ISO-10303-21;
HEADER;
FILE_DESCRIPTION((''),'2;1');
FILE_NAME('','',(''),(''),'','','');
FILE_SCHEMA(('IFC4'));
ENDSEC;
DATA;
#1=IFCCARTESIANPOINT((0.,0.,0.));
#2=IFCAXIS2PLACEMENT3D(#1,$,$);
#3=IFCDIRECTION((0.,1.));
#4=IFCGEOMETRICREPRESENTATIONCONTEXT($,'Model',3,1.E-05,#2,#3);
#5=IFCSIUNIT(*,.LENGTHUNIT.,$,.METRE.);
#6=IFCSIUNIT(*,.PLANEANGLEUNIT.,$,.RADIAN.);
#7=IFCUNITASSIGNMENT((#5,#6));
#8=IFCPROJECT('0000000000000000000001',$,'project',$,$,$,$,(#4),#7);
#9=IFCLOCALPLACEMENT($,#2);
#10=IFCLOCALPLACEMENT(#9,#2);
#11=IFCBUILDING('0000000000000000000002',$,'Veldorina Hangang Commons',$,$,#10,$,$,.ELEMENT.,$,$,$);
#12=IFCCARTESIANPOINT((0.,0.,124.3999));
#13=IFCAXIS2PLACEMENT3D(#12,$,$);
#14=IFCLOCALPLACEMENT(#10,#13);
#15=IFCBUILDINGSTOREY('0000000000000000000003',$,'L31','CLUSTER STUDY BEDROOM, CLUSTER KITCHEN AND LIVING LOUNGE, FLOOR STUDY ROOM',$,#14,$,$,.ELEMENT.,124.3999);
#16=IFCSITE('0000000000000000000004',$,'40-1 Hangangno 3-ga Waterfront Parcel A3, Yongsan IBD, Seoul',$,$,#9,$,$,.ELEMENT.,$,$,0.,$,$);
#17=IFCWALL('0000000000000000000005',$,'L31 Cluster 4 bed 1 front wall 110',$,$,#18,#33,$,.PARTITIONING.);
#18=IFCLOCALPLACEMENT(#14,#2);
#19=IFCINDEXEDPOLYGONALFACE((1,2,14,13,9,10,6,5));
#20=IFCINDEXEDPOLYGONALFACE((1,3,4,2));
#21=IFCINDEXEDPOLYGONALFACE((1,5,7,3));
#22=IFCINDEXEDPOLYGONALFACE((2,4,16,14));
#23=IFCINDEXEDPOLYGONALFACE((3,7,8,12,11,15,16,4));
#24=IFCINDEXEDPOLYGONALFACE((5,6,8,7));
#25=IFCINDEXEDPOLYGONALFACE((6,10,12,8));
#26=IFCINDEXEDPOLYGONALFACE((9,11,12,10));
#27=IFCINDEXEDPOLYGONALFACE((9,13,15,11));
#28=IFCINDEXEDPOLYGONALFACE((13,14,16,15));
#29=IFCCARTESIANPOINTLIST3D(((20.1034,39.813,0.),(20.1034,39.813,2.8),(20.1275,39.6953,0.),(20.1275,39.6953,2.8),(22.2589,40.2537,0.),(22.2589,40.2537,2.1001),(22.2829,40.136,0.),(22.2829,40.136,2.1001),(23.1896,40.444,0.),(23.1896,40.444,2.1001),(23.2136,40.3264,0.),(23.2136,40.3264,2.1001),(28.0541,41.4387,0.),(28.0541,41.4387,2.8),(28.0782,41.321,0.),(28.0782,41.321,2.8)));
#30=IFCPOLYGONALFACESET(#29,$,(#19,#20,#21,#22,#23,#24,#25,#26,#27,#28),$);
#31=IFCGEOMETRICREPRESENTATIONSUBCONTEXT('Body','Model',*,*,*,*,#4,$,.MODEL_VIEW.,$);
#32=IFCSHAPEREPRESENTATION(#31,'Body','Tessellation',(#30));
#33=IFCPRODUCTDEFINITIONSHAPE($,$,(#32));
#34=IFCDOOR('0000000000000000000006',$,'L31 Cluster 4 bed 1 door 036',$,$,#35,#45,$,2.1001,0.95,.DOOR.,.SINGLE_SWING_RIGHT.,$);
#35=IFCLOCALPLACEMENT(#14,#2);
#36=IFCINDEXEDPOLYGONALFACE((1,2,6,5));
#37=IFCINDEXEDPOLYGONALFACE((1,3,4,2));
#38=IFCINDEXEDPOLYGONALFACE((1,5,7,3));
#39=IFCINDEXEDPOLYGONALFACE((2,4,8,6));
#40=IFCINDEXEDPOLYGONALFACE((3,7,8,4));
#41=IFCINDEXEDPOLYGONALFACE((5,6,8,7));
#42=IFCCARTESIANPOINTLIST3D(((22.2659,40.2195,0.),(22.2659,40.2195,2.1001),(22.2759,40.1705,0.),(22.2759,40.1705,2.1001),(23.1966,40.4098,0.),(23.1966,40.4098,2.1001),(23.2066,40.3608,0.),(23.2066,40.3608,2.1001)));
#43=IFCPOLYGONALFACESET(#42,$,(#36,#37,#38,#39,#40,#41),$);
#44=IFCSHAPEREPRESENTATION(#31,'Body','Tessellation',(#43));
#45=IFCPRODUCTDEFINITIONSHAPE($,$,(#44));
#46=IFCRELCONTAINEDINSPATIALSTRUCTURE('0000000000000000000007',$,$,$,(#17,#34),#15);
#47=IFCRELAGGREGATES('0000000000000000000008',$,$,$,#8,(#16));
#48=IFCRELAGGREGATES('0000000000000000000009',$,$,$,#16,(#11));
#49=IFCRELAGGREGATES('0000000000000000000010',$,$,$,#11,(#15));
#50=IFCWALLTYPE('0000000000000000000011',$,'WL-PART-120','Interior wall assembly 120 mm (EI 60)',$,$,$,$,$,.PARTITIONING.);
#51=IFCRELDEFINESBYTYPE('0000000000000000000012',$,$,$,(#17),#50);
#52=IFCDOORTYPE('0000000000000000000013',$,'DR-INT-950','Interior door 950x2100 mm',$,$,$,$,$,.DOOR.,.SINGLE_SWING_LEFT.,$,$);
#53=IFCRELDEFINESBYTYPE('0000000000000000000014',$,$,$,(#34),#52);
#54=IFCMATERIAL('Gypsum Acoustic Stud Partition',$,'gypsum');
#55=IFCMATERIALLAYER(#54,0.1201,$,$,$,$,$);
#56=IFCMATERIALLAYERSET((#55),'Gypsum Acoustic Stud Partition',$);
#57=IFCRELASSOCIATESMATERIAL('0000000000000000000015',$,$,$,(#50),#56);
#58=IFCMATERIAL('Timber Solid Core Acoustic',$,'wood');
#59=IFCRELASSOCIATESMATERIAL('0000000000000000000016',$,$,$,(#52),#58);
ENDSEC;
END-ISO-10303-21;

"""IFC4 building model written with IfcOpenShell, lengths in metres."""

from ifc_helpers import new_model, si_unit, direction, frame, frame_2d, origin, place, context, subcontext, project, spatial, rectangle, extrude, material, layer, layer_set, type_object, element, fill, save


model = new_model("IFC4")

# Units and contexts
model_context = context("Model", 3, precision=1e-05, world=origin(), true_north=direction((0.0, 1.0)))
body_context = subcontext(model_context, "Body", "Model", "MODEL_VIEW")
ifc_project = project(units=[si_unit("LENGTHUNIT", "METRE"), si_unit("PLANEANGLEUNIT", "RADIAN")], contexts=[model_context])

# Site, building, storey
site_placement = place(None, origin())
site = spatial("IfcSite", under=ifc_project, at=site_placement, Name="40-1 Hangangno 3-ga Waterfront Parcel A3, Yongsan IBD, Seoul", CompositionType="ELEMENT", RefElevation=0.0)
building_placement = place(site_placement, origin())
building = spatial("IfcBuilding", under=site, at=building_placement, Name="Veldorina Hangang Commons", CompositionType="ELEMENT")
storey_placement = place(building_placement, frame((0.0, 0.0, 124.3999)))
storey = spatial("IfcBuildingStorey", under=building, at=storey_placement, Name="L31", Description="CLUSTER STUDY BEDROOM, CLUSTER KITCHEN AND LIVING LOUNGE, FLOOR STUDY ROOM", CompositionType="ELEMENT", Elevation=124.3999)

# Shared definitions
ifc_material_1 = material(Name="Gypsum Acoustic Stud Partition", Category="gypsum")
ifc_layer_1 = layer(ifc_material_1, 0.1201)
ifc_layer_set_1 = layer_set([ifc_layer_1], Name="Gypsum Acoustic Stud Partition")
wall_type_1 = type_object("IfcWallType", Name="WL-PART-120", Description="Interior wall assembly 120 mm (EI 60)", PredefinedType="PARTITIONING", material=ifc_layer_set_1)

# Wall, opening, door
wall_1_placement = place(storey_placement, frame((28.0662, 41.3799, 0.0), z_axis=(0.0, 0.0, 1.0), x_axis=(-0.979728, -0.200332, 0.0)))
wall_1 = element("IfcWall", 1, at=wall_1_placement, inside=storey, type_object=wall_type_1, Name="L31 Cluster 4 bed 1 front wall 110", PredefinedType="PARTITIONING", context=body_context, shape_type="SweptSolid", body=[
    extrude(rectangle(XDim=8.1152, YDim=0.1201, at=frame_2d((4.0576, 0.0))), origin(), (0.0, 0.0, 1.0), 2.8),
])
opening_1_placement = place(wall_1_placement, frame((4.9651, 0.0, 0.0)))
opening_1 = element("IfcOpeningElement", 2, at=opening_1_placement, cuts=wall_1, PredefinedType="OPENING", context=body_context, shape_type="SweptSolid", body=[
    extrude(rectangle(XDim=0.95, YDim=2.1001, at=frame_2d((0.4751, 1.05))), frame((0.0, 0.0701, 0.0), z_axis=(0.0, -1.0, 0.0), x_axis=(1.0, 0.0, 0.0)), (0.0, 0.0, 1.0), 0.1401),
])
ifc_material_2 = material(Name="Timber Solid Core Acoustic", Category="wood")
door_type_1 = type_object("IfcDoorType", Name="DR-INT-950", Description="Interior door 950x2100 mm", OperationType="SINGLE_SWING_LEFT", PredefinedType="DOOR", material=ifc_material_2)
door_1_placement = place(opening_1_placement, origin())
door_1 = element("IfcDoor", 3, at=door_1_placement, inside=storey, type_object=door_type_1, Name="L31 Cluster 4 bed 1 door 036", OperationType="SINGLE_SWING_RIGHT", OverallHeight=2.1001, OverallWidth=0.95, PredefinedType="DOOR", context=body_context, shape_type="SweptSolid", body=[
    extrude(rectangle(XDim=0.95, YDim=2.1001, at=frame_2d((0.4751, 1.05))), frame((0.0, 0.0249, 0.0), z_axis=(0.0, -1.0, 0.0), x_axis=(1.0, 0.0, 0.0)), (0.0, 0.0, 1.0), 0.05),
])
fill(opening_1, door_1)

save(model, "model.ifc")
